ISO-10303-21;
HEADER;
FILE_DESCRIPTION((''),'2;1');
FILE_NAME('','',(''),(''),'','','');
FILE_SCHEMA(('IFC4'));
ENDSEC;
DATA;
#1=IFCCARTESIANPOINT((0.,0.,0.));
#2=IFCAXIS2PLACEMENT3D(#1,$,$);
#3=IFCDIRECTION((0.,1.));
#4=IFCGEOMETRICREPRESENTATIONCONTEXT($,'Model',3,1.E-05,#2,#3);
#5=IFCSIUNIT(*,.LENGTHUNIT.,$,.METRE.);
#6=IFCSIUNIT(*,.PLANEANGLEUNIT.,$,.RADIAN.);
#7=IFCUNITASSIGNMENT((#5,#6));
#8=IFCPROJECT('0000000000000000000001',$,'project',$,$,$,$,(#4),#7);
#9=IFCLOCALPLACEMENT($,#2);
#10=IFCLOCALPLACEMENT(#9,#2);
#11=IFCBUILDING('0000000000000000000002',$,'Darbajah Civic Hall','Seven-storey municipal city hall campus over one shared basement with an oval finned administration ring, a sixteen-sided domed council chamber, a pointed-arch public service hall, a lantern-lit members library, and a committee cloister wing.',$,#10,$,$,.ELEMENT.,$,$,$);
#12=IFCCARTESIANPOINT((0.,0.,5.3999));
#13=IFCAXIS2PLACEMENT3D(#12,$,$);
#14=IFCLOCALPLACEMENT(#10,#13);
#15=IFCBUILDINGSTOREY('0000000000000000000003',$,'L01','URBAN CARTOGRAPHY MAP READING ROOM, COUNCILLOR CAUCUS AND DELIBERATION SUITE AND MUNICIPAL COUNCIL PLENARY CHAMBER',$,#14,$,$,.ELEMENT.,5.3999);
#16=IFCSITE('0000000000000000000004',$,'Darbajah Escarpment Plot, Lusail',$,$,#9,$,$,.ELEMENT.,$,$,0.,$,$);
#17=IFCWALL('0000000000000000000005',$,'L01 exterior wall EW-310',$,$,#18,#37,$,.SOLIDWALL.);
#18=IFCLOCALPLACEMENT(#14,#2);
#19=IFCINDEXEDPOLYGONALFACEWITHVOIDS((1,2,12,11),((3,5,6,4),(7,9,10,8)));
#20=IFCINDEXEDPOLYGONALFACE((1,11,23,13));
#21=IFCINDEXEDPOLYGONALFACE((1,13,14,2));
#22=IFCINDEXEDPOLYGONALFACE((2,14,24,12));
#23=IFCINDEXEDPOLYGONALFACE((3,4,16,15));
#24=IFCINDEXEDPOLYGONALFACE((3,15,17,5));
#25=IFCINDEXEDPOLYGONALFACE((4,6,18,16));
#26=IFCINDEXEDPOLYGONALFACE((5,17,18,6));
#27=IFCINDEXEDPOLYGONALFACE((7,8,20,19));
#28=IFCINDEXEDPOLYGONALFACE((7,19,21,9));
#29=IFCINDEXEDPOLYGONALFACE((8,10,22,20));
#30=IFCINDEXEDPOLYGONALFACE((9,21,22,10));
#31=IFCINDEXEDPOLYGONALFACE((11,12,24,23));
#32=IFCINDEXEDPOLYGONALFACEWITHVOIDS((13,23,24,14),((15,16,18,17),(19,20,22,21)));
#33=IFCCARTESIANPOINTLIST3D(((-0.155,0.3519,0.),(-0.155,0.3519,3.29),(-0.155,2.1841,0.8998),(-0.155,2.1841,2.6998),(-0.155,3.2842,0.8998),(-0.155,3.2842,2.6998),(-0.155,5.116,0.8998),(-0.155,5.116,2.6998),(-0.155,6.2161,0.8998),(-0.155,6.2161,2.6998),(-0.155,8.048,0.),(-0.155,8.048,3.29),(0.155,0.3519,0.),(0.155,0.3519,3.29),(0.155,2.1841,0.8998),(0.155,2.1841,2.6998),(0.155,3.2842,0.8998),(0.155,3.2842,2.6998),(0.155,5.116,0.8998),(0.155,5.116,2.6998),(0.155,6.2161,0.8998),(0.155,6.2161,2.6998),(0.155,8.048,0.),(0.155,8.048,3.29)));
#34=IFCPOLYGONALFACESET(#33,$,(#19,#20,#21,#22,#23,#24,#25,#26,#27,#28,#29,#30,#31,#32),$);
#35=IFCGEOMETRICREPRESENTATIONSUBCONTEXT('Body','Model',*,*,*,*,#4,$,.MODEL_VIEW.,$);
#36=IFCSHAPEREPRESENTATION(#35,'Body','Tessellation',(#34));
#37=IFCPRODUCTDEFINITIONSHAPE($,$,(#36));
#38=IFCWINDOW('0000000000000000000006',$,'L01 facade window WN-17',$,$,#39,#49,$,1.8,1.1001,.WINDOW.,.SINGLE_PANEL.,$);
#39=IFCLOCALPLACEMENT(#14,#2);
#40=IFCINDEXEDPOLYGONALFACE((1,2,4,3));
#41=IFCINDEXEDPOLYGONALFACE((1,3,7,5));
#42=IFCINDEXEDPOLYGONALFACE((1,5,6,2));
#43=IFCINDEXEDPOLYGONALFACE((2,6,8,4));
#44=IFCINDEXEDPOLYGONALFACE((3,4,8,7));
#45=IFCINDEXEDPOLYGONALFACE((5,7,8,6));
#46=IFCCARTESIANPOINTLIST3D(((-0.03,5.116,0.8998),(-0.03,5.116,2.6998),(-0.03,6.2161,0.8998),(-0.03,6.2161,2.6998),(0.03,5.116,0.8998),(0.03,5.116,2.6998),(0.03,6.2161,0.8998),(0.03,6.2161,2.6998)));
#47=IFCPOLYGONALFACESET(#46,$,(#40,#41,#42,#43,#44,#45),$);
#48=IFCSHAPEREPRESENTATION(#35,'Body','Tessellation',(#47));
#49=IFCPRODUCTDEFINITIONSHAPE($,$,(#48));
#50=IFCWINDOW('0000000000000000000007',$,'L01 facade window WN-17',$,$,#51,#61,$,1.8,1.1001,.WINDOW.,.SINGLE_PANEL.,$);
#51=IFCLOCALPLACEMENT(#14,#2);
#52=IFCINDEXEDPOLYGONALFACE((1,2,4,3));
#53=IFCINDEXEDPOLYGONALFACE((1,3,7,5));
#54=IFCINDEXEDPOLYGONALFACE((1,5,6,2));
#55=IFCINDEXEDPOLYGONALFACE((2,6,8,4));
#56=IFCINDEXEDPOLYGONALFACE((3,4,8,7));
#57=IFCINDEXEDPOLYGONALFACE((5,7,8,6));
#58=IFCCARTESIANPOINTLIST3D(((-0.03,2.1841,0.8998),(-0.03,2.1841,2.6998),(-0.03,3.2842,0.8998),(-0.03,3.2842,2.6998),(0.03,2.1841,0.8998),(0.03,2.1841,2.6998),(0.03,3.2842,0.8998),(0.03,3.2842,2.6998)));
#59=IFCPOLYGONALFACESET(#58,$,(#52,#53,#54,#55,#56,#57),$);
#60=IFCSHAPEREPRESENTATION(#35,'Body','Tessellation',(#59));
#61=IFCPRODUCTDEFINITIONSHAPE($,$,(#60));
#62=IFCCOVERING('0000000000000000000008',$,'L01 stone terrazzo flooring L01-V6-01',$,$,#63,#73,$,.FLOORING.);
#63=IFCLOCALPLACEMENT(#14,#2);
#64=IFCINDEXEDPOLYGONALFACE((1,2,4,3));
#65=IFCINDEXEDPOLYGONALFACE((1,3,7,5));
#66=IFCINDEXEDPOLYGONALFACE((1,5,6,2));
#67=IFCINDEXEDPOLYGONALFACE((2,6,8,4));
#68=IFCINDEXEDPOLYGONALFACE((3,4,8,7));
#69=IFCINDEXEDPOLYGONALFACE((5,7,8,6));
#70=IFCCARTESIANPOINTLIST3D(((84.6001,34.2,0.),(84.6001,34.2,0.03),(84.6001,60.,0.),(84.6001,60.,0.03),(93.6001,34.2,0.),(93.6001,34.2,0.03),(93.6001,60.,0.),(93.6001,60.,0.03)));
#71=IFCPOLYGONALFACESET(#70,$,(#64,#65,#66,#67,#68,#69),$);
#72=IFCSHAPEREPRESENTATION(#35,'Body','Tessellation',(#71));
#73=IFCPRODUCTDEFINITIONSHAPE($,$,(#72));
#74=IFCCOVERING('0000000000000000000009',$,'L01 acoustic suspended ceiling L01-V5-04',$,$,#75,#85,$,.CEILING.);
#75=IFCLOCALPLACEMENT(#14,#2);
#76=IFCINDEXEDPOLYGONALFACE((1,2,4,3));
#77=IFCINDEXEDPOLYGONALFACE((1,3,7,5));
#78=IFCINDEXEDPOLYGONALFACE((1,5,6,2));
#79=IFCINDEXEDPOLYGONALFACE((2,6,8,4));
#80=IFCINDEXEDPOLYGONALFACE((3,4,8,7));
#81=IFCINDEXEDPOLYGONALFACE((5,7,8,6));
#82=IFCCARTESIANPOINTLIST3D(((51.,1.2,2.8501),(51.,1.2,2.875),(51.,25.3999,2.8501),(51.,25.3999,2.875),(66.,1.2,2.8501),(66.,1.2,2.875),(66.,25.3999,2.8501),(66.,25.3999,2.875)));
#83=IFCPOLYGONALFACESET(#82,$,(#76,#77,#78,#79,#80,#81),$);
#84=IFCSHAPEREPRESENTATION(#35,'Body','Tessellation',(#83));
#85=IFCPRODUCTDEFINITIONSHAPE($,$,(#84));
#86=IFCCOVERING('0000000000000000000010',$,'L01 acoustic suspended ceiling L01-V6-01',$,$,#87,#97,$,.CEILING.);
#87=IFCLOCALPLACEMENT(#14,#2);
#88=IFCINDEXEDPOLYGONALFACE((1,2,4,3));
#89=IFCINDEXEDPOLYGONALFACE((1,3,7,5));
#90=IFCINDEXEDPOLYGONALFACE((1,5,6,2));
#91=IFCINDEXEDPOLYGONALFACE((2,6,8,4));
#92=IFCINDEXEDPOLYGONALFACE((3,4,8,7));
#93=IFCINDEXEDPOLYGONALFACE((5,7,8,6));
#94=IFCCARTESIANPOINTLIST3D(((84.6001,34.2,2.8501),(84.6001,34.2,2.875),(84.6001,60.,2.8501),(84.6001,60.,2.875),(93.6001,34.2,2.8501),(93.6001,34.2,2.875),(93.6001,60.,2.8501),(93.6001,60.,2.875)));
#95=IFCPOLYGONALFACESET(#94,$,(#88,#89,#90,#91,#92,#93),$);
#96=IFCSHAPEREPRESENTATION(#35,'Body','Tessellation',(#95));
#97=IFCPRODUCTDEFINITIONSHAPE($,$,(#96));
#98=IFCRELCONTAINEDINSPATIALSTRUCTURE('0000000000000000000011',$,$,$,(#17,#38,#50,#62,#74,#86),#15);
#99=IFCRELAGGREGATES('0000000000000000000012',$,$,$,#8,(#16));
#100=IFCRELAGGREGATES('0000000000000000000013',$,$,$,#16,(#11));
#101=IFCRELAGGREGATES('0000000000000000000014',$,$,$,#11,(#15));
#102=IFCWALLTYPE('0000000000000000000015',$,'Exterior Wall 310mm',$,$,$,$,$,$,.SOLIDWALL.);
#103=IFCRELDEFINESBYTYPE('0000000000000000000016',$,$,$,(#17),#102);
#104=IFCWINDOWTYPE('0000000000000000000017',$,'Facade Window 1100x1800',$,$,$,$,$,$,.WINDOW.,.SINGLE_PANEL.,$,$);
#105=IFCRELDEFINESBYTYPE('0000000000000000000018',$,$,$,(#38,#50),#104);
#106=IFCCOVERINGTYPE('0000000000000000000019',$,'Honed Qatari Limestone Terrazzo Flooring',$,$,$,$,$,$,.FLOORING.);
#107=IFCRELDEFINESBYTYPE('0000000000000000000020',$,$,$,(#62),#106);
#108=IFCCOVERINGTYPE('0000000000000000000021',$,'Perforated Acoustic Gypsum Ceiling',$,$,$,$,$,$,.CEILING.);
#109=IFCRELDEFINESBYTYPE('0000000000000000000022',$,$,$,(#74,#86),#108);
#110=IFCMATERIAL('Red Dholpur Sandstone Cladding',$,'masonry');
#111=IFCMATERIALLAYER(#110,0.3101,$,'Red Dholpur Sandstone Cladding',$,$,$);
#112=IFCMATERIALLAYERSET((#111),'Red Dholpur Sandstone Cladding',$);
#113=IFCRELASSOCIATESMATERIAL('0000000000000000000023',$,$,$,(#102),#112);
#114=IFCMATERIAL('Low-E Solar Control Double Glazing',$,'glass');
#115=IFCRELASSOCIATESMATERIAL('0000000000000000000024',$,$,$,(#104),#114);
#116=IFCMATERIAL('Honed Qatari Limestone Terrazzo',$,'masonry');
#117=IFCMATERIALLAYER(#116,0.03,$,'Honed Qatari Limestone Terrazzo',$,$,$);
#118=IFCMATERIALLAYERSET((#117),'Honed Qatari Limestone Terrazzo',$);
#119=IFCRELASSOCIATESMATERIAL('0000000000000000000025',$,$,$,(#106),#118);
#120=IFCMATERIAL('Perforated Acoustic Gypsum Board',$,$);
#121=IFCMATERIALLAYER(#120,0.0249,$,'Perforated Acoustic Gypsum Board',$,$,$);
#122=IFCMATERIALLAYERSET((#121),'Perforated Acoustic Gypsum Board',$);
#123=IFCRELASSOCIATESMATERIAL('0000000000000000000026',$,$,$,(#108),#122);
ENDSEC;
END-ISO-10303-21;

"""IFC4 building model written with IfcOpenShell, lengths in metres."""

from ifc_helpers import new_model, si_unit, direction, frame, frame_2d, origin, place, context, subcontext, project, spatial, polyline, rectangle, outline, extrude, material, layer, layer_set, type_object, element, fill, save


model = new_model("IFC4")

# Units and contexts
model_context = context("Model", 3, precision=1e-05, world=origin(), true_north=direction((0.0, 1.0)))
body_context = subcontext(model_context, "Body", "Model", "MODEL_VIEW")
ifc_project = project(units=[si_unit("LENGTHUNIT", "METRE"), si_unit("PLANEANGLEUNIT", "RADIAN")], contexts=[model_context])

# Site, building, storey
site_placement = place(None, origin())
site = spatial("IfcSite", under=ifc_project, at=site_placement, Name="Darbajah Escarpment Plot, Lusail", CompositionType="ELEMENT", RefElevation=0.0)
building_placement = place(site_placement, origin())
building = spatial("IfcBuilding", under=site, at=building_placement, Name="Darbajah Civic Hall", Description="Seven-storey municipal city hall campus over one shared basement with an oval finned administration ring, a sixteen-sided domed council chamber, a pointed-arch public service hall, a lantern-lit members library, and a committee cloister wing.", CompositionType="ELEMENT")
storey_placement = place(building_placement, frame((0.0, 0.0, 5.3999)))
storey = spatial("IfcBuildingStorey", under=building, at=storey_placement, Name="L01", Description="URBAN CARTOGRAPHY MAP READING ROOM, COUNCILLOR CAUCUS AND DELIBERATION SUITE AND MUNICIPAL COUNCIL PLENARY CHAMBER", CompositionType="ELEMENT", Elevation=5.3999)

# Wall, openings, windows
ifc_material_1 = material(Name="Red Dholpur Sandstone Cladding", Category="masonry")
ifc_layer_1 = layer(ifc_material_1, 0.3101, Name="Red Dholpur Sandstone Cladding")
ifc_layer_set_1 = layer_set([ifc_layer_1], Name="Red Dholpur Sandstone Cladding")
wall_type = type_object("IfcWallType", Name="Exterior Wall 310mm", PredefinedType="SOLIDWALL", material=ifc_layer_set_1)
ifc_material_2 = material(Name="Low-E Solar Control Double Glazing", Category="glass")
window_type = type_object("IfcWindowType", Name="Facade Window 1100x1800", PartitioningType="SINGLE_PANEL", PredefinedType="WINDOW", material=ifc_material_2)
wall_1_placement = place(storey_placement, frame((0.0, 8.0481, 0.0), z_axis=(0.0, 0.0, 1.0), x_axis=(0.0, -1.0, 0.0)))
wall_1 = element("IfcWall", 1, at=wall_1_placement, inside=storey, type_object=wall_type, Name="L01 exterior wall EW-310", PredefinedType="SOLIDWALL", context=body_context, shape_type="SweptSolid", body=[
    extrude(rectangle(XDim=7.696, YDim=0.3101, at=frame_2d((3.8481, 0.0))), origin(), (0.0, 0.0, 1.0), 3.29),
])
opening_1_placement = place(wall_1_placement, frame((1.832, 0.0, 0.8999)))
opening_1 = element("IfcOpeningElement", 2, at=opening_1_placement, cuts=wall_1, PredefinedType="OPENING", context=body_context, shape_type="SweptSolid", body=[
    extrude(rectangle(XDim=1.1001, YDim=1.8, at=frame_2d((0.55, 0.8999))), frame((0.0, 0.165, 0.0), z_axis=(0.0, -1.0, 0.0), x_axis=(1.0, 0.0, 0.0)), (0.0, 0.0, 1.0), 0.3301),
])
opening_2_placement = place(wall_1_placement, frame((4.7639, 0.0, 0.8999)))
opening_2 = element("IfcOpeningElement", 3, at=opening_2_placement, cuts=wall_1, PredefinedType="OPENING", context=body_context, shape_type="SweptSolid", body=[
    extrude(rectangle(XDim=1.1001, YDim=1.8, at=frame_2d((0.55, 0.8999))), frame((0.0, 0.165, 0.0), z_axis=(0.0, -1.0, 0.0), x_axis=(1.0, 0.0, 0.0)), (0.0, 0.0, 1.0), 0.3301),
])
window_1_placement = place(opening_1_placement, origin())
window_1 = element("IfcWindow", 4, at=window_1_placement, inside=storey, type_object=window_type, Name="L01 facade window WN-17", OverallHeight=1.8, OverallWidth=1.1001, PartitioningType="SINGLE_PANEL", PredefinedType="WINDOW", context=body_context, shape_type="SweptSolid", body=[
    extrude(rectangle(XDim=1.1001, YDim=1.8, at=frame_2d((0.55, 0.8999))), frame((0.0, 0.03, 0.0), z_axis=(0.0, -1.0, 0.0), x_axis=(1.0, 0.0, 0.0)), (0.0, 0.0, 1.0), 0.0601),
])
fill(opening_1, window_1)
window_2_placement = place(opening_2_placement, origin())
window_2 = element("IfcWindow", 5, at=window_2_placement, inside=storey, type_object=window_type, Name="L01 facade window WN-17", OverallHeight=1.8, OverallWidth=1.1001, PartitioningType="SINGLE_PANEL", PredefinedType="WINDOW", context=body_context, shape_type="SweptSolid", body=[
    extrude(rectangle(XDim=1.1001, YDim=1.8, at=frame_2d((0.55, 0.8999))), frame((0.0, 0.03, 0.0), z_axis=(0.0, -1.0, 0.0), x_axis=(1.0, 0.0, 0.0)), (0.0, 0.0, 1.0), 0.0601),
])
fill(opening_2, window_2)

# Coverings
ifc_material_3 = material(Name="Honed Qatari Limestone Terrazzo", Category="masonry")
ifc_layer_2 = layer(ifc_material_3, 0.03, Name="Honed Qatari Limestone Terrazzo")
ifc_layer_set_2 = layer_set([ifc_layer_2], Name="Honed Qatari Limestone Terrazzo")
covering_type_1 = type_object("IfcCoveringType", Name="Honed Qatari Limestone Terrazzo Flooring", PredefinedType="FLOORING", material=ifc_layer_set_2)
covering_1_placement = place(storey_placement, origin())
element("IfcCovering", 6, at=covering_1_placement, inside=storey, type_object=covering_type_1, Name="L01 stone terrazzo flooring L01-V6-01", PredefinedType="FLOORING", context=body_context, shape_type="SweptSolid", body=[
    extrude(outline(polyline([(84.6001, 34.2), (93.6001, 34.2), (93.6001, 60.0), (84.6001, 60.0), (84.6001, 34.2)])), origin(), (0.0, 0.0, 1.0), 0.03),
])
ifc_material_4 = material(Name="Perforated Acoustic Gypsum Board")
ifc_layer_3 = layer(ifc_material_4, 0.0249, Name="Perforated Acoustic Gypsum Board")
ifc_layer_set_3 = layer_set([ifc_layer_3], Name="Perforated Acoustic Gypsum Board")
covering_type_2 = type_object("IfcCoveringType", Name="Perforated Acoustic Gypsum Ceiling", PredefinedType="CEILING", material=ifc_layer_set_3)
covering_2_placement = place(storey_placement, frame((0.0, 0.0, 2.8501)))
element("IfcCovering", 7, at=covering_2_placement, inside=storey, type_object=covering_type_2, Name="L01 acoustic suspended ceiling L01-V5-04", PredefinedType="CEILING", context=body_context, shape_type="SweptSolid", body=[
    extrude(outline(polyline([(51.0, 1.2), (66.0, 1.2), (66.0, 25.3999), (51.0, 25.3999), (51.0, 1.2)])), origin(), (0.0, 0.0, 1.0), 0.0249),
])
covering_3_placement = place(storey_placement, frame((0.0, 0.0, 2.8501)))
element("IfcCovering", 8, at=covering_3_placement, inside=storey, type_object=covering_type_2, Name="L01 acoustic suspended ceiling L01-V6-01", PredefinedType="CEILING", context=body_context, shape_type="SweptSolid", body=[
    extrude(outline(polyline([(84.6001, 34.2), (93.6001, 34.2), (93.6001, 60.0), (84.6001, 60.0), (84.6001, 34.2)])), origin(), (0.0, 0.0, 1.0), 0.0249),
])

save(model, "model.ifc")
